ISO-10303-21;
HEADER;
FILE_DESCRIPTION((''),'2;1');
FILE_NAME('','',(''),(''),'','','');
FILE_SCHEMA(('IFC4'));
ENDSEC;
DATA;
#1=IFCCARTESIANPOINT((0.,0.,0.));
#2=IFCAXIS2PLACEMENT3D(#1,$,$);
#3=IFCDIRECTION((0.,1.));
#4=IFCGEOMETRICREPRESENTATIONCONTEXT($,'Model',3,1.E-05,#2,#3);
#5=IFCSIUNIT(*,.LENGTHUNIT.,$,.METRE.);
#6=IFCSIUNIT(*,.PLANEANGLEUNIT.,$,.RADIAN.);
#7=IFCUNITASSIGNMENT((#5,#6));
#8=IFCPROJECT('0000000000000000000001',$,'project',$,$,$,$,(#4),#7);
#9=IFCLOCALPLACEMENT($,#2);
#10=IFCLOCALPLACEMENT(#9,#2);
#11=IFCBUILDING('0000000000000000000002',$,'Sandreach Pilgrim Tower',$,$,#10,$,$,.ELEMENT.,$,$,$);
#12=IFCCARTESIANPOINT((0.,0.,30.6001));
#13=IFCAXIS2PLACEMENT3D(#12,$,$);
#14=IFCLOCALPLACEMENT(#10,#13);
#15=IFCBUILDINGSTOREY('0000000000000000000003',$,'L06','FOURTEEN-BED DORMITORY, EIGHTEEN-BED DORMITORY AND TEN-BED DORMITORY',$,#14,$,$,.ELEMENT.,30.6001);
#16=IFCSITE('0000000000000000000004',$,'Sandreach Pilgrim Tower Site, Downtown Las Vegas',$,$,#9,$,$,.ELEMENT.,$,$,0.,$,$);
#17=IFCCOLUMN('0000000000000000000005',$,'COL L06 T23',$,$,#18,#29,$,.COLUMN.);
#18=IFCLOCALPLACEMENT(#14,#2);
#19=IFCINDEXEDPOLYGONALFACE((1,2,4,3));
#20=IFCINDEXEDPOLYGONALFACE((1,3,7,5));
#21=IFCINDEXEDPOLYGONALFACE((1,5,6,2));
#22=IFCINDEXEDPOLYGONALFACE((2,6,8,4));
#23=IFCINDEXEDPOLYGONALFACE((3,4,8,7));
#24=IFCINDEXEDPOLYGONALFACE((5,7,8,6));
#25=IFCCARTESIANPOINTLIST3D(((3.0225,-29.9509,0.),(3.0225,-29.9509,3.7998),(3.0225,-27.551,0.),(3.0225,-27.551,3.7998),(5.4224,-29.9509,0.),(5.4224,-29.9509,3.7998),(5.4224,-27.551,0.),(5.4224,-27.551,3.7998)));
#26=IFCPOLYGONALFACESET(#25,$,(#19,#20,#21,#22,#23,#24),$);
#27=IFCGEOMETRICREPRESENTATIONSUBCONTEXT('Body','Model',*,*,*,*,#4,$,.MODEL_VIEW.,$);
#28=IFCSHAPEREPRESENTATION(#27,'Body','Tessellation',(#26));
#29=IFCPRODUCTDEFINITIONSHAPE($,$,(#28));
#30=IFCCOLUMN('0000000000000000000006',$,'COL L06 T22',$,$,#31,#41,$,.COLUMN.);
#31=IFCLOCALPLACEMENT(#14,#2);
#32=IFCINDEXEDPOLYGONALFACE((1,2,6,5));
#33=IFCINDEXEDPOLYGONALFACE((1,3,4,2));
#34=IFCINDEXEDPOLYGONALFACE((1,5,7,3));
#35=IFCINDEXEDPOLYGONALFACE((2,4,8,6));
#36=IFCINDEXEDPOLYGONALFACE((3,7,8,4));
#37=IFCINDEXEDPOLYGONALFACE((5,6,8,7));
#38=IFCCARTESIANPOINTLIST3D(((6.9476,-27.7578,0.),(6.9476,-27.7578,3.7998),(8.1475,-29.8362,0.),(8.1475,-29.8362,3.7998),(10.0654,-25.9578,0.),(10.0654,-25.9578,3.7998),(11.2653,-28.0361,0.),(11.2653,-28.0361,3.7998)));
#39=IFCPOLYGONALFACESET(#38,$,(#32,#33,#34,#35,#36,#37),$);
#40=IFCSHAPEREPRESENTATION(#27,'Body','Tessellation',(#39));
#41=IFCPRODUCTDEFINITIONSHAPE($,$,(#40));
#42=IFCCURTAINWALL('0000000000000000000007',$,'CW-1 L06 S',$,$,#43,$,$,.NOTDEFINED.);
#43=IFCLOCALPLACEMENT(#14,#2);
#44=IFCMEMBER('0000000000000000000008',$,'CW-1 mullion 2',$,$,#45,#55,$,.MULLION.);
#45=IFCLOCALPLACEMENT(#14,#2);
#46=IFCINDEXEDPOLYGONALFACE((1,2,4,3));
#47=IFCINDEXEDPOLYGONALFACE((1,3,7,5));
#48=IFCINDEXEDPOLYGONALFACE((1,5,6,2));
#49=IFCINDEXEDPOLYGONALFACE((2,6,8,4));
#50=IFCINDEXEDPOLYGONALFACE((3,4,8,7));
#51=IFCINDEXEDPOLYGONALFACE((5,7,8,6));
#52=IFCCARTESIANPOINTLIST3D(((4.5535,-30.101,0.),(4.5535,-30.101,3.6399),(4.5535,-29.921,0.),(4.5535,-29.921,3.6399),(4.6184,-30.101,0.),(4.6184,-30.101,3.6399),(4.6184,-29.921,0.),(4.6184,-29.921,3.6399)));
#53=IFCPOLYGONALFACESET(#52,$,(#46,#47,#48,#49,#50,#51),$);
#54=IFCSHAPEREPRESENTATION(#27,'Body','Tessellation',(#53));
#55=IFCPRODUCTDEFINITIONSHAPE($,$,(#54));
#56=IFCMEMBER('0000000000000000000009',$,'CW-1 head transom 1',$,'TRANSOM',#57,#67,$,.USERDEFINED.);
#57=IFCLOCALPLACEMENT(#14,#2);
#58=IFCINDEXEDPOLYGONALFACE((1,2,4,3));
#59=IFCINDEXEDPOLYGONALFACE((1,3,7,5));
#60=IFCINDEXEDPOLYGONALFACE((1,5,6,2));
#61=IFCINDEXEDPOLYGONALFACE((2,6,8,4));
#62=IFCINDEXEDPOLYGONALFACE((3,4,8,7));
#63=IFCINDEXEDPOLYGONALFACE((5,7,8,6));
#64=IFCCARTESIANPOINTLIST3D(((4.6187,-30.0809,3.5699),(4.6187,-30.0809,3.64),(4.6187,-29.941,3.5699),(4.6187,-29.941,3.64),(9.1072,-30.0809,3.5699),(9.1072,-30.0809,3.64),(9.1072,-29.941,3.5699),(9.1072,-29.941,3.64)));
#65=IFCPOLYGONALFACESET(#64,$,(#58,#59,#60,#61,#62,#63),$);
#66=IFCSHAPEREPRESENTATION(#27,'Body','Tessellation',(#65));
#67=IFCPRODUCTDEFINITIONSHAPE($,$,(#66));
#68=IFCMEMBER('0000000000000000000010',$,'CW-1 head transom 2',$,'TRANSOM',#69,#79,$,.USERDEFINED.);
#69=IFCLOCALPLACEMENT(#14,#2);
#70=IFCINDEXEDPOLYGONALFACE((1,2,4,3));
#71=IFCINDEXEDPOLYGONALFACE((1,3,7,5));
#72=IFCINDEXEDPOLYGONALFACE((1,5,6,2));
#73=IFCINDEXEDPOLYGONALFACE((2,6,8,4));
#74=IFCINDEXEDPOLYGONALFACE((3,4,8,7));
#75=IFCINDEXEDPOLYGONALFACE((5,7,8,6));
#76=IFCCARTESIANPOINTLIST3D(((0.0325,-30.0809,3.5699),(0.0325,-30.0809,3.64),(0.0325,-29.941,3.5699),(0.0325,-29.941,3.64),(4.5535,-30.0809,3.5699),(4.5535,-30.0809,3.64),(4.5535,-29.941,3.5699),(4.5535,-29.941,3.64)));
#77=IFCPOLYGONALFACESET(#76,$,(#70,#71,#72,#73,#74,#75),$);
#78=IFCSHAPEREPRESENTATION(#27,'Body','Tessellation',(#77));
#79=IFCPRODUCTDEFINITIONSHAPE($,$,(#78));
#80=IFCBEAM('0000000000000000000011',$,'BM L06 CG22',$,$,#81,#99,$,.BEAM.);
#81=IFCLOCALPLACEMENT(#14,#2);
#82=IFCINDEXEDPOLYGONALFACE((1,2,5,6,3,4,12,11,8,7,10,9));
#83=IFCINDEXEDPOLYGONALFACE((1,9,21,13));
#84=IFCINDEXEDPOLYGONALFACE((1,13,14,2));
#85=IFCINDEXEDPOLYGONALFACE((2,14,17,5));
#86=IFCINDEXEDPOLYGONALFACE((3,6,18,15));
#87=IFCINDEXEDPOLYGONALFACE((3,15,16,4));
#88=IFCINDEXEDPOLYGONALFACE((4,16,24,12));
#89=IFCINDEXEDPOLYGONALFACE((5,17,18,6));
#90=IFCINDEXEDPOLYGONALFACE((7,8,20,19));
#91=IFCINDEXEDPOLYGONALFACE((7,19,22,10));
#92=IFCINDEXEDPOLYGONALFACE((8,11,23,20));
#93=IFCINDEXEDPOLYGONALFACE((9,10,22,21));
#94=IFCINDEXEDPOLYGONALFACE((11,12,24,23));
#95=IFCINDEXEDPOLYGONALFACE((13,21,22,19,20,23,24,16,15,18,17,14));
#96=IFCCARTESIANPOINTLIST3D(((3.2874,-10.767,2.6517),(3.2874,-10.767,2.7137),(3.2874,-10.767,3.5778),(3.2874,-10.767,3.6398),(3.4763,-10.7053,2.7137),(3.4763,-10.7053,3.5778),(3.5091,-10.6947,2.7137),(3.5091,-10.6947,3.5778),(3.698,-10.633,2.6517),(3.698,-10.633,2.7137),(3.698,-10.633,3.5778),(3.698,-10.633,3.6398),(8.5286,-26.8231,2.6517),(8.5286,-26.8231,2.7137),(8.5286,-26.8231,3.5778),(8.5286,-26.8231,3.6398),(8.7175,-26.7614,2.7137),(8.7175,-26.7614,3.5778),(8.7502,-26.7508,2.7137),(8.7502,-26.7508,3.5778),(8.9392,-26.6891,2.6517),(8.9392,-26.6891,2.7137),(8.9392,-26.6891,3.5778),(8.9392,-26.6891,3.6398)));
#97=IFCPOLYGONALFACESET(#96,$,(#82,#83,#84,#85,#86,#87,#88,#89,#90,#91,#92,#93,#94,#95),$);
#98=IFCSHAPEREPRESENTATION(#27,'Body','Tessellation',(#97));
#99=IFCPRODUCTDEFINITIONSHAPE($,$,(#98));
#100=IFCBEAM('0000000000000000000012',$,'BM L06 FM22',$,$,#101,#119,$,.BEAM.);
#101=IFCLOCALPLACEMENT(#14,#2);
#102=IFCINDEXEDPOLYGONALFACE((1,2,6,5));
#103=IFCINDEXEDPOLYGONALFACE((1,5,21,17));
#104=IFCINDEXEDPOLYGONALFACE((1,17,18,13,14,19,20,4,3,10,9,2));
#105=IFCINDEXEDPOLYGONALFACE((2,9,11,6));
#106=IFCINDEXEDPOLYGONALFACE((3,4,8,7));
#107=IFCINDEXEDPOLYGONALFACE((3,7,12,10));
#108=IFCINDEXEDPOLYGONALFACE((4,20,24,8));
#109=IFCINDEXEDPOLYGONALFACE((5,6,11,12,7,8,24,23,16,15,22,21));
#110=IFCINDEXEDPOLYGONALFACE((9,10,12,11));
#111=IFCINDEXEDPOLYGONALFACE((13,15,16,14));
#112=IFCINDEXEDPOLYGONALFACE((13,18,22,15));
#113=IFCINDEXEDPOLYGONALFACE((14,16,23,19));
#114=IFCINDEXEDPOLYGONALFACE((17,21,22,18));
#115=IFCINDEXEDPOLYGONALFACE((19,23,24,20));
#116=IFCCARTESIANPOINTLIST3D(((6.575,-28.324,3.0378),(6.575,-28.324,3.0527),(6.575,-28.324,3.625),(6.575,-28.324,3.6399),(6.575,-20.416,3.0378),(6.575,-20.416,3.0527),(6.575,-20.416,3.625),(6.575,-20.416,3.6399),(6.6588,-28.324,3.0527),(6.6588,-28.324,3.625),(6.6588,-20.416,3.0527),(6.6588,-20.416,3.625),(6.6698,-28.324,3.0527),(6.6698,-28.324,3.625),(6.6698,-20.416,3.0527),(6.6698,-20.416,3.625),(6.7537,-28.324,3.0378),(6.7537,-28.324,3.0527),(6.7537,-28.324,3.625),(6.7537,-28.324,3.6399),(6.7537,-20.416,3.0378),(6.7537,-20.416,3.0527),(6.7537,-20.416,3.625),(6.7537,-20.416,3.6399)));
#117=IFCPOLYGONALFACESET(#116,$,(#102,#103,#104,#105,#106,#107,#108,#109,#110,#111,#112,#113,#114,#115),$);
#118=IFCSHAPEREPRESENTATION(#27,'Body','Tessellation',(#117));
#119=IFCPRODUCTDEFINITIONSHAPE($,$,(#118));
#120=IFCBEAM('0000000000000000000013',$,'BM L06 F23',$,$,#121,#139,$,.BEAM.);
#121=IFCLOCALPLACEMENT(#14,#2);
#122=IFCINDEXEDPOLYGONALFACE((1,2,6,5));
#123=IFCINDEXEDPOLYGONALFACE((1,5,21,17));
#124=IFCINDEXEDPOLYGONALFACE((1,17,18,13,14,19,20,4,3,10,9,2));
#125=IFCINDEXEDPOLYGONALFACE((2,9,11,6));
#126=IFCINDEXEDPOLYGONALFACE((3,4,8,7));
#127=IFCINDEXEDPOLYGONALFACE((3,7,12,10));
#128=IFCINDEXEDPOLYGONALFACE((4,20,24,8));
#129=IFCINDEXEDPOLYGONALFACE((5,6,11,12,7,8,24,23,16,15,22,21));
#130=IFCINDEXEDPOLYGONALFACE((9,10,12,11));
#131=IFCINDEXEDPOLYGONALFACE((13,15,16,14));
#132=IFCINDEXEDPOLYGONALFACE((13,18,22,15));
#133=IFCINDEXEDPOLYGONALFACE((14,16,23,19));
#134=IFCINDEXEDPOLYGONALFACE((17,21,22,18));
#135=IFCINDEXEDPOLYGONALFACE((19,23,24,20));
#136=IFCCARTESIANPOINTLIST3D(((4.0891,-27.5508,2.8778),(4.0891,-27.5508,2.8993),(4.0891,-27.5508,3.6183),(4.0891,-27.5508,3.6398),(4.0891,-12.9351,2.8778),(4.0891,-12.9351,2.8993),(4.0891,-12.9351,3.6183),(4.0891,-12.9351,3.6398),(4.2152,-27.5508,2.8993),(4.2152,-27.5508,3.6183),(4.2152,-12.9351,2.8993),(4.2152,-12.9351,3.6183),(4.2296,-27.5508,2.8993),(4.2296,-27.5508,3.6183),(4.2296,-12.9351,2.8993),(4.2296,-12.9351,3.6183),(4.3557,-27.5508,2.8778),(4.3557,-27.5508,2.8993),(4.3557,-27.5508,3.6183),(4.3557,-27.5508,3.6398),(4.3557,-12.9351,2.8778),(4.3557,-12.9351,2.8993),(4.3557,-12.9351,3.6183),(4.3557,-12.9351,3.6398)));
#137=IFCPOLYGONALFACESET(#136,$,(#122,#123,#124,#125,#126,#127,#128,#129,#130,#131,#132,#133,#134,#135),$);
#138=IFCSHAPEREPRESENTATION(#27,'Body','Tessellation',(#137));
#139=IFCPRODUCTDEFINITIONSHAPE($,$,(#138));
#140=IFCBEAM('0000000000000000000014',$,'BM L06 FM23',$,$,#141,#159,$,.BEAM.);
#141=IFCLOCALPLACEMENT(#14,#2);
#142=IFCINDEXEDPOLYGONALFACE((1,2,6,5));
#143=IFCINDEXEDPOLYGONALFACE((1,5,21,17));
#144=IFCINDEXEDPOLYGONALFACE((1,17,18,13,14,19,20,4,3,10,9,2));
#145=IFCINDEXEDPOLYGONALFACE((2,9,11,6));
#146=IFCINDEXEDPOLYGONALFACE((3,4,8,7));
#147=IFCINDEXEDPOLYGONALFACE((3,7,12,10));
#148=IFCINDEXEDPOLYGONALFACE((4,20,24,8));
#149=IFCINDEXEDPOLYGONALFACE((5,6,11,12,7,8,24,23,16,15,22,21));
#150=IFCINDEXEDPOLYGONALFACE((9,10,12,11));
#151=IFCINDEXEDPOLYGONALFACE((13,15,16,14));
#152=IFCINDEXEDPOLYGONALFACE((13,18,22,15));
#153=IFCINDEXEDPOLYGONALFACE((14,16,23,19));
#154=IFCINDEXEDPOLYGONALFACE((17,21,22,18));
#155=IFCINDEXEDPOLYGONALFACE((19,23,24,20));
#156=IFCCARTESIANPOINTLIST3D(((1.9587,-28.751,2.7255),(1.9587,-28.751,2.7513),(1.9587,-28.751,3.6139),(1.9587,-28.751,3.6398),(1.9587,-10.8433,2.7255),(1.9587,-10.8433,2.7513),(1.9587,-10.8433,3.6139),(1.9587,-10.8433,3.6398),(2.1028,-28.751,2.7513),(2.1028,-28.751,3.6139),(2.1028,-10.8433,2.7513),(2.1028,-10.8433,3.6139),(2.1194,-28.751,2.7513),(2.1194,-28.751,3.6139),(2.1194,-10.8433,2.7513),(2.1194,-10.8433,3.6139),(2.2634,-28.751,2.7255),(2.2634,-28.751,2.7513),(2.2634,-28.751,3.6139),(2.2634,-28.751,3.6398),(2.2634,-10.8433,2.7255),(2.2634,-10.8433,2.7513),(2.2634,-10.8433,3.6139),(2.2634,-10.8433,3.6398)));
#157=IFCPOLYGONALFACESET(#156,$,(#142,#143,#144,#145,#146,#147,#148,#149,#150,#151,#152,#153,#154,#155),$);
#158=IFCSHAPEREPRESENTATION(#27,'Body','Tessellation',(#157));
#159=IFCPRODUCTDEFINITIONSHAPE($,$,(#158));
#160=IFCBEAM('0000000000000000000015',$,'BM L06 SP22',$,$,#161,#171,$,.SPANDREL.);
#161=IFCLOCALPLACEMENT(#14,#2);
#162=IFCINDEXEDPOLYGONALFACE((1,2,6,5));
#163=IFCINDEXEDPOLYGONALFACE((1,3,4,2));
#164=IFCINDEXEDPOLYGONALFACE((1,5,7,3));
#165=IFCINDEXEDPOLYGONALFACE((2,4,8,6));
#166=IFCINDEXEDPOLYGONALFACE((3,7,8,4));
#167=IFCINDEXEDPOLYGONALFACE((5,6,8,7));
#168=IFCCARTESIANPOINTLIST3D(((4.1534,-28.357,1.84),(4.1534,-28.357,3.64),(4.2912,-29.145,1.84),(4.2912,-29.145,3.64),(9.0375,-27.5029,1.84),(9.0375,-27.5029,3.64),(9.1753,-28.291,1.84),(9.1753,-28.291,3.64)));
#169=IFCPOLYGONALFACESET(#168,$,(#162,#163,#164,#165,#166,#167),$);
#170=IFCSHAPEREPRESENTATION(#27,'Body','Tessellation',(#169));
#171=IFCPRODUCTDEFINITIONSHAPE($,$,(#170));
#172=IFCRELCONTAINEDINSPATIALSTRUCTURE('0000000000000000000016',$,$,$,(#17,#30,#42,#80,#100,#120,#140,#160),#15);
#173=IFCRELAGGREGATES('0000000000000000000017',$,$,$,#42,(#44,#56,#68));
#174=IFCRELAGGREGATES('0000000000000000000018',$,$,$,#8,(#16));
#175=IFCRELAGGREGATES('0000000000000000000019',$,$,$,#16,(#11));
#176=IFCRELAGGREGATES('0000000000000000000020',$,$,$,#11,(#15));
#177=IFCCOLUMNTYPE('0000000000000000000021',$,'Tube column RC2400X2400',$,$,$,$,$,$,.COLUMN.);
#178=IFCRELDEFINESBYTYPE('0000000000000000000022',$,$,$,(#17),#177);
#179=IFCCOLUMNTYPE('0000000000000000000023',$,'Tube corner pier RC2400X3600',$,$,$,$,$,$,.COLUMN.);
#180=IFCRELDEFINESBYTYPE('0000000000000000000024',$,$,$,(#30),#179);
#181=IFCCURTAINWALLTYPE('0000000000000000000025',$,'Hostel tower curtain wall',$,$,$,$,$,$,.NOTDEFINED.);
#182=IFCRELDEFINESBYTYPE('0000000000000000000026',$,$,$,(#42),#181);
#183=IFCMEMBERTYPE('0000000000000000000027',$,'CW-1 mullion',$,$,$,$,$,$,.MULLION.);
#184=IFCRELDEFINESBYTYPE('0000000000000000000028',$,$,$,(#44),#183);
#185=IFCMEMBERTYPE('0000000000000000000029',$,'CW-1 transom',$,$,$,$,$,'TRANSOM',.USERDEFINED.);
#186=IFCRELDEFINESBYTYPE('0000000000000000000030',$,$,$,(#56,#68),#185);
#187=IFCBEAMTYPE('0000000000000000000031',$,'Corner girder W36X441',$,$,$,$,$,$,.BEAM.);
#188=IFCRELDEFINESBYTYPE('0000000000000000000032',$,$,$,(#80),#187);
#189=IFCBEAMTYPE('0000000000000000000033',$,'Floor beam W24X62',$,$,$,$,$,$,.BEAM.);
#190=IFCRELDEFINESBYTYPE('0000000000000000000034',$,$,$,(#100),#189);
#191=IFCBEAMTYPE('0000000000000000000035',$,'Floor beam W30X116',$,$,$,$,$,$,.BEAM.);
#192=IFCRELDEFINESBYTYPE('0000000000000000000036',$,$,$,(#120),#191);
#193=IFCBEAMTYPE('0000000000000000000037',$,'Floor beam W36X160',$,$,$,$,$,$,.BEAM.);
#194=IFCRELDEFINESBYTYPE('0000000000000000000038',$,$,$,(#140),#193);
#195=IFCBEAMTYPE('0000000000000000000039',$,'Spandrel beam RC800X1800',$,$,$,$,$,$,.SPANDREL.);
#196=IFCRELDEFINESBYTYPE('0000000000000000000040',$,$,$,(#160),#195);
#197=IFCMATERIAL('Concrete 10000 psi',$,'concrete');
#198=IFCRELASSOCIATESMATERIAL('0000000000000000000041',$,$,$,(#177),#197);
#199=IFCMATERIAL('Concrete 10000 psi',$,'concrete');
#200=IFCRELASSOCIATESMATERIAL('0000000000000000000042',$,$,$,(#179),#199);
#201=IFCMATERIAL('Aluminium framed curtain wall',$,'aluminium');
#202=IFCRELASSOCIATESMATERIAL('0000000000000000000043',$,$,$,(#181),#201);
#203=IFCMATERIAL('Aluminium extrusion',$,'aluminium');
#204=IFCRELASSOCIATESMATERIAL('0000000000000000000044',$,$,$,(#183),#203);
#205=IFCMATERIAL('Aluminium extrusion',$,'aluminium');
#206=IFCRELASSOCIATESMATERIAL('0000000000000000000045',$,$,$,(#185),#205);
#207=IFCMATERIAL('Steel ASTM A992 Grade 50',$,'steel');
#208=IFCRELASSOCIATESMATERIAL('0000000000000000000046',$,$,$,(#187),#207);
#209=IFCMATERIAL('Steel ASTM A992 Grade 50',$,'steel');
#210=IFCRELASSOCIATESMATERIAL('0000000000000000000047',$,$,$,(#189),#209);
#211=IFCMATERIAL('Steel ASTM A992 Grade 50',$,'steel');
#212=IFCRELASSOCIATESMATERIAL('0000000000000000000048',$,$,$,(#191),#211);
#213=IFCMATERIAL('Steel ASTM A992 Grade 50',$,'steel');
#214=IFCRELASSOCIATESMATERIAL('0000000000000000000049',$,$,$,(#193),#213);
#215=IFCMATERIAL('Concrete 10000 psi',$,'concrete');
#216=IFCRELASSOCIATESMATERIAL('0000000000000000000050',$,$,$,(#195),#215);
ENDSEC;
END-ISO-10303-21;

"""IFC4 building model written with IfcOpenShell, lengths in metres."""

from ifc_helpers import new_model, si_unit, direction, frame, origin, origin_2d, place, context, subcontext, project, spatial, rectangle, i_section, extrude, material, material_profile, profile_set, type_object, element, aggregate, save


model = new_model("IFC4")

# Units and contexts
model_context = context("Model", 3, precision=1e-05, world=origin(), true_north=direction((0.0, 1.0)))
body_context = subcontext(model_context, "Body", "Model", "MODEL_VIEW")
ifc_project = project(units=[si_unit("LENGTHUNIT", "METRE"), si_unit("PLANEANGLEUNIT", "RADIAN")], contexts=[model_context])

# Site, building, storey
site_placement = place(None, origin())
site = spatial("IfcSite", under=ifc_project, at=site_placement, Name="Sandreach Pilgrim Tower Site, Downtown Las Vegas", CompositionType="ELEMENT", RefElevation=0.0)
building_placement = place(site_placement, origin())
building = spatial("IfcBuilding", under=site, at=building_placement, Name="Sandreach Pilgrim Tower", CompositionType="ELEMENT")
storey_placement = place(building_placement, frame((0.0, 0.0, 30.6001)))
storey = spatial("IfcBuildingStorey", under=building, at=storey_placement, Name="L06", Description="FOURTEEN-BED DORMITORY, EIGHTEEN-BED DORMITORY AND TEN-BED DORMITORY", CompositionType="ELEMENT", Elevation=30.6001)

# Columns
ifc_material_1 = material(Name="Concrete 10000 psi", Category="concrete")
ifc_material_profile_1 = material_profile(ifc_material_1, rectangle(XDim=2.3999, YDim=2.3999, at=origin_2d()), Name="RC2400X2400")
ifc_profile_set_1 = profile_set([ifc_material_profile_1], Name="Concrete 10000 psi")
column_type_1 = type_object("IfcColumnType", Name="Tube column RC2400X2400", PredefinedType="COLUMN", material=ifc_profile_set_1)
column_1_placement = place(storey_placement, frame((4.2224, -28.751, 0.0), z_axis=(0.0, 0.0, 1.0), x_axis=(0.0, -1.0, 0.0)))
element("IfcColumn", 1, at=column_1_placement, inside=storey, type_object=column_type_1, Name="COL L06 T23", PredefinedType="COLUMN", context=body_context, shape_type="SweptSolid", body=[
    extrude(rectangle(XDim=2.3999, YDim=2.3999, at=origin_2d()), origin(), (0.0, 0.0, 1.0), 3.7998),
])
ifc_material_2 = material(Name="Concrete 10000 psi", Category="concrete")
ifc_material_profile_2 = material_profile(ifc_material_2, rectangle(XDim=2.3999, YDim=3.6001, at=origin_2d()), Name="RC2400X3600")
ifc_profile_set_2 = profile_set([ifc_material_profile_2], Name="Concrete 10000 psi")
column_type_2 = type_object("IfcColumnType", Name="Tube corner pier RC2400X3600", PredefinedType="COLUMN", material=ifc_profile_set_2)
column_2_placement = place(storey_placement, frame((9.1064, -27.897, 0.0), z_axis=(0.0, 0.0, 1.0), x_axis=(0.5, -0.866025, 0.0)))
element("IfcColumn", 2, at=column_2_placement, inside=storey, type_object=column_type_2, Name="COL L06 T22", PredefinedType="COLUMN", context=body_context, shape_type="SweptSolid", body=[
    extrude(rectangle(XDim=2.3999, YDim=3.6001, at=origin_2d()), origin(), (0.0, 0.0, 1.0), 3.7998),
])

# Curtain wall, members
ifc_material_3 = material(Name="Aluminium framed curtain wall", Category="aluminium")
curtain_wall_type = type_object("IfcCurtainWallType", Name="Hostel tower curtain wall", PredefinedType="NOTDEFINED", material=ifc_material_3)
curtain_wall_placement = place(storey_placement, origin())
curtain_wall = element("IfcCurtainWall", 3, at=curtain_wall_placement, inside=storey, type_object=curtain_wall_type, Name="CW-1 L06 S", PredefinedType="NOTDEFINED")
ifc_material_4 = material(Name="Aluminium extrusion", Category="aluminium")
ifc_material_profile_3 = material_profile(ifc_material_4, rectangle(XDim=0.0649, YDim=0.1799, at=origin_2d()), Name="CW-1M 65X180")
ifc_profile_set_3 = profile_set([ifc_material_profile_3], Name="Aluminium extrusion")
member_type_1 = type_object("IfcMemberType", Name="CW-1 mullion", PredefinedType="MULLION", material=ifc_profile_set_3)
member_1_placement = place(storey_placement, frame((4.5859, -30.011, 0.0), z_axis=(0.0, 0.0, 1.0), x_axis=(-1.0, 0.0, 0.0)))
member_1 = element("IfcMember", 4, at=member_1_placement, type_object=member_type_1, Name="CW-1 mullion 2", PredefinedType="MULLION", context=body_context, shape_type="SweptSolid", body=[
    extrude(rectangle(XDim=0.0649, YDim=0.1799, at=origin_2d()), origin(), (0.0, 0.0, 1.0), 3.6399),
])
ifc_material_5 = material(Name="Aluminium extrusion", Category="aluminium")
ifc_material_profile_4 = material_profile(ifc_material_5, rectangle(XDim=0.1399, YDim=0.0701, at=origin_2d()), Name="CW-1T 140X70")
ifc_profile_set_4 = profile_set([ifc_material_profile_4], Name="Aluminium extrusion")
member_type_2 = type_object("IfcMemberType", Name="CW-1 transom", ElementType="TRANSOM", PredefinedType="USERDEFINED", material=ifc_profile_set_4)
member_2_placement = place(storey_placement, frame((9.1072, -30.011, 3.605), z_axis=(-1.0, 0.0, 0.0), x_axis=(0.0, -1.0, 0.0)))
member_2 = element("IfcMember", 5, at=member_2_placement, type_object=member_type_2, Name="CW-1 head transom 1", ObjectType="TRANSOM", PredefinedType="USERDEFINED", context=body_context, shape_type="SweptSolid", body=[
    extrude(rectangle(XDim=0.1399, YDim=0.0701, at=origin_2d()), origin(), (0.0, 0.0, 1.0), 4.4885),
])
member_3_placement = place(storey_placement, frame((4.5535, -30.011, 3.605), z_axis=(-1.0, 0.0, 0.0), x_axis=(0.0, -1.0, 0.0)))
member_3 = element("IfcMember", 6, at=member_3_placement, type_object=member_type_2, Name="CW-1 head transom 2", ObjectType="TRANSOM", PredefinedType="USERDEFINED", context=body_context, shape_type="SweptSolid", body=[
    extrude(rectangle(XDim=0.1399, YDim=0.0701, at=origin_2d()), origin(), (0.0, 0.0, 1.0), 4.521),
])

# Beams
ifc_material_6 = material(Name="Steel ASTM A992 Grade 50", Category="steel")
ifc_material_profile_5 = material_profile(ifc_material_6, i_section(OverallWidth=0.4319, OverallDepth=0.988, WebThickness=0.0344, FlangeThickness=0.062, at=origin_2d()), Name="W36X441")
ifc_profile_set_5 = profile_set([ifc_material_profile_5], Name="Steel ASTM A992 Grade 50")
beam_type_1 = type_object("IfcBeamType", Name="Corner girder W36X441", PredefinedType="BEAM", material=ifc_profile_set_5)
beam_1_placement = place(storey_placement, frame((8.7339, -26.7561, 3.1458), z_axis=(-0.310315, 0.950634, 0.0), x_axis=(-0.950634, -0.310315, 0.0)))
element("IfcBeam", 7, at=beam_1_placement, inside=storey, type_object=beam_type_1, Name="BM L06 CG22", PredefinedType="BEAM", context=body_context, shape_type="SweptSolid", body=[
    extrude(i_section(OverallWidth=0.4319, OverallDepth=0.988, WebThickness=0.0344, FlangeThickness=0.062, at=origin_2d()), origin(), (0.0, 0.0, 1.0), 16.8899),
])
ifc_material_7 = material(Name="Steel ASTM A992 Grade 50", Category="steel")
ifc_material_profile_6 = material_profile(ifc_material_7, i_section(OverallWidth=0.1787, OverallDepth=0.6021, WebThickness=0.011, FlangeThickness=0.0149, at=origin_2d()), Name="W24X62")
ifc_profile_set_6 = profile_set([ifc_material_profile_6], Name="Steel ASTM A992 Grade 50")
beam_type_2 = type_object("IfcBeamType", Name="Floor beam W24X62", PredefinedType="BEAM", material=ifc_profile_set_6)
beam_2_placement = place(storey_placement, frame((6.6643, -28.324, 3.3389), z_axis=(0.0, 1.0, 0.0), x_axis=(-1.0, 0.0, 0.0)))
element("IfcBeam", 8, at=beam_2_placement, inside=storey, type_object=beam_type_2, Name="BM L06 FM22", PredefinedType="BEAM", context=body_context, shape_type="SweptSolid", body=[
    extrude(i_section(OverallWidth=0.1787, OverallDepth=0.6021, WebThickness=0.011, FlangeThickness=0.0149, at=origin_2d()), origin(), (0.0, 0.0, 1.0), 7.908),
])
ifc_material_8 = material(Name="Steel ASTM A992 Grade 50", Category="steel")
ifc_material_profile_7 = material_profile(ifc_material_8, i_section(OverallWidth=0.2666, OverallDepth=0.762, WebThickness=0.0144, FlangeThickness=0.0215, at=origin_2d()), Name="W30X116")
ifc_profile_set_7 = profile_set([ifc_material_profile_7], Name="Steel ASTM A992 Grade 50")
beam_type_3 = type_object("IfcBeamType", Name="Floor beam W30X116", PredefinedType="BEAM", material=ifc_profile_set_7)
beam_3_placement = place(storey_placement, frame((4.2224, -27.5508, 3.2588), z_axis=(0.0, 1.0, 0.0), x_axis=(-1.0, 0.0, 0.0)))
element("IfcBeam", 9, at=beam_3_placement, inside=storey, type_object=beam_type_3, Name="BM L06 F23", PredefinedType="BEAM", context=body_context, shape_type="SweptSolid", body=[
    extrude(i_section(OverallWidth=0.2666, OverallDepth=0.762, WebThickness=0.0144, FlangeThickness=0.0215, at=origin_2d()), origin(), (0.0, 0.0, 1.0), 14.6157),
])
ifc_material_9 = material(Name="Steel ASTM A992 Grade 50", Category="steel")
ifc_material_profile_8 = material_profile(ifc_material_9, i_section(OverallWidth=0.3047, OverallDepth=0.9143, WebThickness=0.0166, FlangeThickness=0.0259, at=origin_2d()), Name="W36X160")
ifc_profile_set_8 = profile_set([ifc_material_profile_8], Name="Steel ASTM A992 Grade 50")
beam_type_4 = type_object("IfcBeamType", Name="Floor beam W36X160", PredefinedType="BEAM", material=ifc_profile_set_8)
beam_4_placement = place(storey_placement, frame((2.1111, -28.751, 3.1826), z_axis=(0.0, 1.0, 0.0), x_axis=(-1.0, 0.0, 0.0)))
element("IfcBeam", 10, at=beam_4_placement, inside=storey, type_object=beam_type_4, Name="BM L06 FM23", PredefinedType="BEAM", context=body_context, shape_type="SweptSolid", body=[
    extrude(i_section(OverallWidth=0.3047, OverallDepth=0.9143, WebThickness=0.0166, FlangeThickness=0.0259, at=origin_2d()), origin(), (0.0, 0.0, 1.0), 17.9077),
])
ifc_material_10 = material(Name="Concrete 10000 psi", Category="concrete")
ifc_material_profile_9 = material_profile(ifc_material_10, rectangle(XDim=0.8, YDim=1.8, at=origin_2d()), Name="RC800X1800")
ifc_profile_set_9 = profile_set([ifc_material_profile_9], Name="Concrete 10000 psi")
beam_type_5 = type_object("IfcBeamType", Name="Spandrel beam RC800X1800", PredefinedType="SPANDREL", material=ifc_profile_set_9)
beam_5_placement = place(storey_placement, frame((9.1064, -27.897, 2.74), z_axis=(-0.985054, -0.172243, 0.0), x_axis=(0.172243, -0.985054, 0.0)))
element("IfcBeam", 11, at=beam_5_placement, inside=storey, type_object=beam_type_5, Name="BM L06 SP22", PredefinedType="SPANDREL", context=body_context, shape_type="SweptSolid", body=[
    extrude(rectangle(XDim=0.8, YDim=1.8, at=origin_2d()), origin(), (0.0, 0.0, 1.0), 4.9583),
])

aggregate(curtain_wall, [member_1, member_2, member_3])

save(model, "model.ifc")
